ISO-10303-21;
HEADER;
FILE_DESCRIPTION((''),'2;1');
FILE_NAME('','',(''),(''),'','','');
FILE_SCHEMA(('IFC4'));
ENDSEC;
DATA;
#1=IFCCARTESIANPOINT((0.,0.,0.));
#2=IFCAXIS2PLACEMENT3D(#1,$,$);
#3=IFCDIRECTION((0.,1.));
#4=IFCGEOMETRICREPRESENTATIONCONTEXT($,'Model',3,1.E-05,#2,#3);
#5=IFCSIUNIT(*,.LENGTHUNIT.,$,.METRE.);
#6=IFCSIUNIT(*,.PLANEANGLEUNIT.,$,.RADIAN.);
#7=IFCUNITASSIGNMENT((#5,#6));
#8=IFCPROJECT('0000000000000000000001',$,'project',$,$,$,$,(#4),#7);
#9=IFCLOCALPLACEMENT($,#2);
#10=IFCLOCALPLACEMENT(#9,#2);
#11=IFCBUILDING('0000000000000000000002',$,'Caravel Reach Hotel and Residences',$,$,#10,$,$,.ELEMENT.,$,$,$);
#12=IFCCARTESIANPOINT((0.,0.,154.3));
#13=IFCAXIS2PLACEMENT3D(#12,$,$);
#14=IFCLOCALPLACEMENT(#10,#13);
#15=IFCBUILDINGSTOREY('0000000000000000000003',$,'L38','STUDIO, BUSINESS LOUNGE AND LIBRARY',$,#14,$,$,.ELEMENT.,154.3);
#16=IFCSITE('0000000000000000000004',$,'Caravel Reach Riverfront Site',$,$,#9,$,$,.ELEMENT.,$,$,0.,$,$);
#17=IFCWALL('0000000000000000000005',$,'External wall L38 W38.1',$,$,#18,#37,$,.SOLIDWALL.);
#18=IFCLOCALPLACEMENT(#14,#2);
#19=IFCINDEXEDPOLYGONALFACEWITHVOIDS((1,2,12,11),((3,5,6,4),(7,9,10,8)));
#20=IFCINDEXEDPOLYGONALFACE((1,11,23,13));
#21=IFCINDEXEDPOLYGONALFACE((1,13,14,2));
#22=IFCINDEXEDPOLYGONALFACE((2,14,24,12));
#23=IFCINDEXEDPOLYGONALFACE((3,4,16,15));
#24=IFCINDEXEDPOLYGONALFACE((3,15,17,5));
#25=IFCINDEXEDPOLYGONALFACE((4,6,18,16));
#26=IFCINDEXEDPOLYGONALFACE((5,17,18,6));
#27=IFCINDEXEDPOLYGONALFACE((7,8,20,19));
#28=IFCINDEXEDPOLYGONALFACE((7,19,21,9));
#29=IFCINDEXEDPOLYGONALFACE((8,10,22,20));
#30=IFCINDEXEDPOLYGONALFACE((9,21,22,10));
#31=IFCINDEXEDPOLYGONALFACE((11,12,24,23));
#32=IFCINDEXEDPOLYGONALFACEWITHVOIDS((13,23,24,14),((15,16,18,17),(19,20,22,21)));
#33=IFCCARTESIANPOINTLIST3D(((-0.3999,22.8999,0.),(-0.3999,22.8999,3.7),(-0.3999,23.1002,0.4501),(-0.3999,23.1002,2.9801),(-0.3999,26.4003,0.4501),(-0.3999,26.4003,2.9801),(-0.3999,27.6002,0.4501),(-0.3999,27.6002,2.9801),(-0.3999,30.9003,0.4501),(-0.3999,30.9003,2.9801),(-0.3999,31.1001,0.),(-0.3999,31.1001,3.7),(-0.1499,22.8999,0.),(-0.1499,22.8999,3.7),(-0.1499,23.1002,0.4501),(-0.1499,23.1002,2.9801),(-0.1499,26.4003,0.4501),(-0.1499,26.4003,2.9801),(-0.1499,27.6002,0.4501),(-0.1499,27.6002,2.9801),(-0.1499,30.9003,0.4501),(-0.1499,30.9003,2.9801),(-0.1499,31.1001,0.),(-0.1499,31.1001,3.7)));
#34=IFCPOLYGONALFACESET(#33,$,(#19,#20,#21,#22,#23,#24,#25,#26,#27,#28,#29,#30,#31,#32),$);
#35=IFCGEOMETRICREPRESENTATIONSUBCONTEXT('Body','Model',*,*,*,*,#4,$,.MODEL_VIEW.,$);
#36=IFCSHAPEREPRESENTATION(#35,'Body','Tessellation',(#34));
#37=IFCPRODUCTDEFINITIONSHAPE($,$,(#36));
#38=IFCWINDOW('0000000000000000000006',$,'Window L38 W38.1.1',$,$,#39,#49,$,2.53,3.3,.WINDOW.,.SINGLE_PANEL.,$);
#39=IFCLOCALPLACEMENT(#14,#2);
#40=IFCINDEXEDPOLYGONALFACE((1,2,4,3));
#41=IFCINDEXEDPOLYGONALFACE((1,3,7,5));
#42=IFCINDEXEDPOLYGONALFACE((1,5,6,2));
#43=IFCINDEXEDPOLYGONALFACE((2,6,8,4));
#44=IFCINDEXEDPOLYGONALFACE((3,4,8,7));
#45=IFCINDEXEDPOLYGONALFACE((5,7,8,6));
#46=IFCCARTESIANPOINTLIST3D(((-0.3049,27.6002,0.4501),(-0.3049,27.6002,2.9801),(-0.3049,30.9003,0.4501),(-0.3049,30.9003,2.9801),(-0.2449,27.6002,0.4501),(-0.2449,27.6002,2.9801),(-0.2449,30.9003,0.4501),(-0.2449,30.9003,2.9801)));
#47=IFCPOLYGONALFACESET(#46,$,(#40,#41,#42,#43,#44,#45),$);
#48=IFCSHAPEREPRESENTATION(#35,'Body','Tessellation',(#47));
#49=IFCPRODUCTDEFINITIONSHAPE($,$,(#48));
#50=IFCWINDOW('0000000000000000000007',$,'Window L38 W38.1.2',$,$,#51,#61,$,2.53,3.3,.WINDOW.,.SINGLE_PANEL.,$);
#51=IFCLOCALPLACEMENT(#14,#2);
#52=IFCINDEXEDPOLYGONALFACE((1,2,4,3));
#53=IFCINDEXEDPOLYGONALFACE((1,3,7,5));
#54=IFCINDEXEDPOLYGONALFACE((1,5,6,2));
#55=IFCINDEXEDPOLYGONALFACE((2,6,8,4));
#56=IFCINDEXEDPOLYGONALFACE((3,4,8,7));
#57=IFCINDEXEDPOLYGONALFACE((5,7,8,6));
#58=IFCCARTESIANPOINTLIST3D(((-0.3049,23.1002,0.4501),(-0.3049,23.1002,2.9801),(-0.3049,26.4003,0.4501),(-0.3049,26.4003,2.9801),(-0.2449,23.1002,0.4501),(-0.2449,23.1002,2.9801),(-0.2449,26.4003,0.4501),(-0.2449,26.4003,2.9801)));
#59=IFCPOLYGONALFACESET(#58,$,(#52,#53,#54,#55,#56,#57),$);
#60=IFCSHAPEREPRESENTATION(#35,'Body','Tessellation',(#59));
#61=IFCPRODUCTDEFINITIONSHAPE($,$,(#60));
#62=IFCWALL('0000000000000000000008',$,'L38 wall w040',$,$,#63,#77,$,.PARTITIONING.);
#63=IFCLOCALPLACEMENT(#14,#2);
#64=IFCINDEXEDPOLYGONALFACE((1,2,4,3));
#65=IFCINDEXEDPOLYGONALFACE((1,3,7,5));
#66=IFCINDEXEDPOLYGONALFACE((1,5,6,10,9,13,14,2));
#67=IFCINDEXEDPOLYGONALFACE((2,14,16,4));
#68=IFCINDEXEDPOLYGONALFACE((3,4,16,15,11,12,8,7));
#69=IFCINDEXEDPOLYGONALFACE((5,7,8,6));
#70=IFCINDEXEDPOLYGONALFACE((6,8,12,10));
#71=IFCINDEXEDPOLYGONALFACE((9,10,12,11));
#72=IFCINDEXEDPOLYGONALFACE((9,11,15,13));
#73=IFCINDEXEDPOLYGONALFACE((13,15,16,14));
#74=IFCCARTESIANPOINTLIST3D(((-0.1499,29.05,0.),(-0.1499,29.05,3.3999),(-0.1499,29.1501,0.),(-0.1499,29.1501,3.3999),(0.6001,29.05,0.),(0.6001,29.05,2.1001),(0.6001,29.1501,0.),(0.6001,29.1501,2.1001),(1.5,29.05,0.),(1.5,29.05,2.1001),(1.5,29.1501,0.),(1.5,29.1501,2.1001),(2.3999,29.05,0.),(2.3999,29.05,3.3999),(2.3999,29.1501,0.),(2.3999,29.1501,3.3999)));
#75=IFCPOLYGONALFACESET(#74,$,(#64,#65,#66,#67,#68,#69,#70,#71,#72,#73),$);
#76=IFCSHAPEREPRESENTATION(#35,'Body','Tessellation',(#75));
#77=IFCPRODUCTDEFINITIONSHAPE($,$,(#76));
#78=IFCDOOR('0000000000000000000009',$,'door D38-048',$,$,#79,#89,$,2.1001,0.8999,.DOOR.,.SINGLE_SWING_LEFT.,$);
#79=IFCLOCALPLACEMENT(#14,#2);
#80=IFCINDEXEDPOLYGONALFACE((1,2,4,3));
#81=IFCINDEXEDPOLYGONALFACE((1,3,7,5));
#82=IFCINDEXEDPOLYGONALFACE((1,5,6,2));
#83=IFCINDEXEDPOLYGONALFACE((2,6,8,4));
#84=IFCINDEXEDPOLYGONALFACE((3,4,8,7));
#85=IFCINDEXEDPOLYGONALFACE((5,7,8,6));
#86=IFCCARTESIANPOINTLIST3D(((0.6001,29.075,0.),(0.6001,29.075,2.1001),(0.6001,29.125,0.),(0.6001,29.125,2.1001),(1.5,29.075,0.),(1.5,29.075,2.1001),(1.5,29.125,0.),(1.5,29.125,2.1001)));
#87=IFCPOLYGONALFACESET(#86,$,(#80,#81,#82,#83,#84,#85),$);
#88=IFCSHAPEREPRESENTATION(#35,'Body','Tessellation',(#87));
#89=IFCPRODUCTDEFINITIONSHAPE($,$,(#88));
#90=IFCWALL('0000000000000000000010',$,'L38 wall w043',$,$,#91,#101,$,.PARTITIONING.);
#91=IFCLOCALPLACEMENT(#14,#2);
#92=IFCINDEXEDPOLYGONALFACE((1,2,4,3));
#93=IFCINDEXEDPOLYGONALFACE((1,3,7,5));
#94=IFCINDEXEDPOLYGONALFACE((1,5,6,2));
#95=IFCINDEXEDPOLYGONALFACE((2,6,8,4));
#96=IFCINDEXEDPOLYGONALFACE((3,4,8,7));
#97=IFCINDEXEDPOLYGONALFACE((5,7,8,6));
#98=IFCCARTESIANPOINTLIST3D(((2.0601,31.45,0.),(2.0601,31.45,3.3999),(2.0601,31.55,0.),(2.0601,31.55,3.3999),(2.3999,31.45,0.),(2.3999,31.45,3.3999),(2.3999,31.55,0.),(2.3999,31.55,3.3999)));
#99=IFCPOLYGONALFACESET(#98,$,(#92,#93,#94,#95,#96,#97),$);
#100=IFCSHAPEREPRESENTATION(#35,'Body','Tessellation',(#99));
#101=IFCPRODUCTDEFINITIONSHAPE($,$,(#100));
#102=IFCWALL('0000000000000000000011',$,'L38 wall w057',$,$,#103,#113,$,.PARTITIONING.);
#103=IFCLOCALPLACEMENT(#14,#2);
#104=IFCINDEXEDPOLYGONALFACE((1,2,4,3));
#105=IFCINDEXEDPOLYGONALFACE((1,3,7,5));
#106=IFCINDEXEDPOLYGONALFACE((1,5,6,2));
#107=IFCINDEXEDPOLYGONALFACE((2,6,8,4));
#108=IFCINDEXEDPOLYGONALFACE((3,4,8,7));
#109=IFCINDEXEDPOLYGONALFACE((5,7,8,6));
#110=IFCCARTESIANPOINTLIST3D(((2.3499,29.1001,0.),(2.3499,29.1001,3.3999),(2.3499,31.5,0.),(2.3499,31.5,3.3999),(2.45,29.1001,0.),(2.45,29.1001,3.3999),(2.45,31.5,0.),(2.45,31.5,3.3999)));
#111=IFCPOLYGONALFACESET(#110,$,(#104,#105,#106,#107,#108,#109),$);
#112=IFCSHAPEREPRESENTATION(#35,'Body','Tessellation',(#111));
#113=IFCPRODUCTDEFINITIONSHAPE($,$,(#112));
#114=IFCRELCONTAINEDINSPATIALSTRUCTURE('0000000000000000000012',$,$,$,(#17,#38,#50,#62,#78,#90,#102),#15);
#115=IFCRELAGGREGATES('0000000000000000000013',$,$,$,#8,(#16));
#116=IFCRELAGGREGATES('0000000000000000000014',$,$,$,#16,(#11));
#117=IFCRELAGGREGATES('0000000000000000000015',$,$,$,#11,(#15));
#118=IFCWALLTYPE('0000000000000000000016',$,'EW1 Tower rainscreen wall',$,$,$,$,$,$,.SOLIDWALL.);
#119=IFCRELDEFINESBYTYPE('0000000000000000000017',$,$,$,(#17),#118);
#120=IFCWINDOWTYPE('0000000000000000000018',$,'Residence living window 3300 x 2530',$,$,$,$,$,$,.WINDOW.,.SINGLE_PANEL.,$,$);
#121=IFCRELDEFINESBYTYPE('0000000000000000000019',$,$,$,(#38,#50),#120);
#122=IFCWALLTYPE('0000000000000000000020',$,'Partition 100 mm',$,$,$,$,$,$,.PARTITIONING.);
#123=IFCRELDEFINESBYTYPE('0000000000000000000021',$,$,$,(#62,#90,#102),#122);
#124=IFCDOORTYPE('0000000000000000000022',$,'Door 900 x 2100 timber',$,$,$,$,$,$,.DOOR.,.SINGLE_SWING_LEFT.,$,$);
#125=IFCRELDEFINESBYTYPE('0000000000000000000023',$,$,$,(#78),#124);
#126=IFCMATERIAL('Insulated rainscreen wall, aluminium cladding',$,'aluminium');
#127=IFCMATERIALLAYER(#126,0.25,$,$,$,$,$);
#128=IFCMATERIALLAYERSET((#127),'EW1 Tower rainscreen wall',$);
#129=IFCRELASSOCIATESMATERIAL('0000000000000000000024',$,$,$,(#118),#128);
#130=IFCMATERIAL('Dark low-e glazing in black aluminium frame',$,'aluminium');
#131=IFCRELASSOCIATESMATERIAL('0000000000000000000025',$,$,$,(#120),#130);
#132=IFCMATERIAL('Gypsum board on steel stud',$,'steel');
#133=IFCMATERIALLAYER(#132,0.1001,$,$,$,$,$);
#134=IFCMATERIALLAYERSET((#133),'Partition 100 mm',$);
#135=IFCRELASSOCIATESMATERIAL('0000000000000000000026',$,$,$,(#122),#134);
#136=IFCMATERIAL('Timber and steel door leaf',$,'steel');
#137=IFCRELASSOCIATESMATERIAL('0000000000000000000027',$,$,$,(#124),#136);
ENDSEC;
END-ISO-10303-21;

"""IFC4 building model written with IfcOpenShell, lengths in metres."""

from ifc_helpers import new_model, si_unit, direction, frame, frame_2d, origin, place, context, subcontext, project, spatial, rectangle, extrude, material, layer, layer_set, type_object, element, fill, save


model = new_model("IFC4")

# Units and contexts
model_context = context("Model", 3, precision=1e-05, world=origin(), true_north=direction((0.0, 1.0)))
body_context = subcontext(model_context, "Body", "Model", "MODEL_VIEW")
ifc_project = project(units=[si_unit("LENGTHUNIT", "METRE"), si_unit("PLANEANGLEUNIT", "RADIAN")], contexts=[model_context])

# Site, building, storey
site_placement = place(None, origin())
site = spatial("IfcSite", under=ifc_project, at=site_placement, Name="Caravel Reach Riverfront Site", CompositionType="ELEMENT", RefElevation=0.0)
building_placement = place(site_placement, origin())
building = spatial("IfcBuilding", under=site, at=building_placement, Name="Caravel Reach Hotel and Residences", CompositionType="ELEMENT")
storey_placement = place(building_placement, frame((0.0, 0.0, 154.3)))
storey = spatial("IfcBuildingStorey", under=building, at=storey_placement, Name="L38", Description="STUDIO, BUSINESS LOUNGE AND LIBRARY", CompositionType="ELEMENT", Elevation=154.3)

# Shared definitions
ifc_material_1 = material(Name="Insulated rainscreen wall, aluminium cladding", Category="aluminium")
ifc_layer_1 = layer(ifc_material_1, 0.25)
ifc_layer_set_1 = layer_set([ifc_layer_1], Name="EW1 Tower rainscreen wall")
wall_type_1 = type_object("IfcWallType", Name="EW1 Tower rainscreen wall", PredefinedType="SOLIDWALL", material=ifc_layer_set_1)

# Wall, openings, windows
wall_1_placement = place(storey_placement, frame((-0.2749, 31.1001, 0.0), z_axis=(0.0, 0.0, 1.0), x_axis=(0.0, -1.0, 0.0)))
wall_1 = element("IfcWall", 1, at=wall_1_placement, inside=storey, type_object=wall_type_1, Name="External wall L38 W38.1", PredefinedType="SOLIDWALL", context=body_context, shape_type="SweptSolid", body=[
    extrude(rectangle(XDim=8.2002, YDim=0.25, at=frame_2d((4.1001, 0.0))), origin(), (0.0, 0.0, 1.0), 3.7),
])
opening_1_placement = place(wall_1_placement, frame((0.2, 0.0, 0.45)))
opening_1 = element("IfcOpeningElement", 2, at=opening_1_placement, cuts=wall_1, PredefinedType="OPENING", context=body_context, shape_type="SweptSolid", body=[
    extrude(rectangle(XDim=3.3, YDim=2.53, at=frame_2d((1.6499, 1.2651))), frame((0.0, 0.135, 0.0), z_axis=(0.0, -1.0, 0.0), x_axis=(1.0, 0.0, 0.0)), (0.0, 0.0, 1.0), 0.27),
])
opening_2_placement = place(wall_1_placement, frame((4.7, 0.0, 0.45)))
opening_2 = element("IfcOpeningElement", 3, at=opening_2_placement, cuts=wall_1, PredefinedType="OPENING", context=body_context, shape_type="SweptSolid", body=[
    extrude(rectangle(XDim=3.3, YDim=2.53, at=frame_2d((1.6499, 1.2651))), frame((0.0, 0.135, 0.0), z_axis=(0.0, -1.0, 0.0), x_axis=(1.0, 0.0, 0.0)), (0.0, 0.0, 1.0), 0.27),
])
ifc_material_2 = material(Name="Dark low-e glazing in black aluminium frame", Category="aluminium")
window_type_1 = type_object("IfcWindowType", Name="Residence living window 3300 x 2530", PartitioningType="SINGLE_PANEL", PredefinedType="WINDOW", material=ifc_material_2)
window_1_placement = place(opening_1_placement, origin())
window_1 = element("IfcWindow", 4, at=window_1_placement, inside=storey, type_object=window_type_1, Name="Window L38 W38.1.1", OverallHeight=2.53, OverallWidth=3.3, PartitioningType="SINGLE_PANEL", PredefinedType="WINDOW", context=body_context, shape_type="SweptSolid", body=[
    extrude(rectangle(XDim=3.3, YDim=2.53, at=frame_2d((1.6499, 1.2651))), frame((0.0, 0.03, 0.0), z_axis=(0.0, -1.0, 0.0), x_axis=(1.0, 0.0, 0.0)), (0.0, 0.0, 1.0), 0.0601),
])
fill(opening_1, window_1)
window_2_placement = place(opening_2_placement, origin())
window_2 = element("IfcWindow", 5, at=window_2_placement, inside=storey, type_object=window_type_1, Name="Window L38 W38.1.2", OverallHeight=2.53, OverallWidth=3.3, PartitioningType="SINGLE_PANEL", PredefinedType="WINDOW", context=body_context, shape_type="SweptSolid", body=[
    extrude(rectangle(XDim=3.3, YDim=2.53, at=frame_2d((1.6499, 1.2651))), frame((0.0, 0.03, 0.0), z_axis=(0.0, -1.0, 0.0), x_axis=(1.0, 0.0, 0.0)), (0.0, 0.0, 1.0), 0.0601),
])
fill(opening_2, window_2)

# Wall, opening, door
ifc_material_3 = material(Name="Gypsum board on steel stud", Category="steel")
ifc_layer_2 = layer(ifc_material_3, 0.1001)
ifc_layer_set_2 = layer_set([ifc_layer_2], Name="Partition 100 mm")
wall_type_2 = type_object("IfcWallType", Name="Partition 100 mm", PredefinedType="PARTITIONING", material=ifc_layer_set_2)
wall_2_placement = place(storey_placement, frame((-0.1499, 29.1001, 0.0), z_axis=(0.0, 0.0, 1.0), x_axis=(1.0, 0.0, 0.0)))
wall_2 = element("IfcWall", 6, at=wall_2_placement, inside=storey, type_object=wall_type_2, Name="L38 wall w040", PredefinedType="PARTITIONING", context=body_context, shape_type="SweptSolid", body=[
    extrude(rectangle(XDim=2.5498, YDim=0.1001, at=frame_2d((1.2749, 0.0))), origin(), (0.0, 0.0, 1.0), 3.3999),
])
opening_3_placement = place(wall_2_placement, frame((0.75, 0.0, 0.0)))
opening_3 = element("IfcOpeningElement", 7, at=opening_3_placement, cuts=wall_2, PredefinedType="OPENING", context=body_context, shape_type="SweptSolid", body=[
    extrude(rectangle(XDim=0.8999, YDim=2.1001, at=frame_2d((0.45, 1.05))), frame((0.0, 0.0601, 0.0), z_axis=(0.0, -1.0, 0.0), x_axis=(1.0, 0.0, 0.0)), (0.0, 0.0, 1.0), 0.1201),
])
ifc_material_4 = material(Name="Timber and steel door leaf", Category="steel")
door_type_1 = type_object("IfcDoorType", Name="Door 900 x 2100 timber", OperationType="SINGLE_SWING_LEFT", PredefinedType="DOOR", material=ifc_material_4)
door_1_placement = place(opening_3_placement, origin())
door_1 = element("IfcDoor", 8, at=door_1_placement, inside=storey, type_object=door_type_1, Name="door D38-048", OperationType="SINGLE_SWING_LEFT", OverallHeight=2.1001, OverallWidth=0.8999, PredefinedType="DOOR", context=body_context, shape_type="SweptSolid", body=[
    extrude(rectangle(XDim=0.8999, YDim=2.1001, at=frame_2d((0.45, 1.05))), frame((0.0, 0.0249, 0.0), z_axis=(0.0, -1.0, 0.0), x_axis=(1.0, 0.0, 0.0)), (0.0, 0.0, 1.0), 0.05),
])
fill(opening_3, door_1)

# Walls
wall_3_placement = place(storey_placement, frame((2.0601, 31.5, 0.0), z_axis=(0.0, 0.0, 1.0), x_axis=(1.0, 0.0, 0.0)))
element("IfcWall", 9, at=wall_3_placement, inside=storey, type_object=wall_type_2, Name="L38 wall w043", PredefinedType="PARTITIONING", context=body_context, shape_type="SweptSolid", body=[
    extrude(rectangle(XDim=0.3398, YDim=0.1001, at=frame_2d((0.1699, 0.0))), origin(), (0.0, 0.0, 1.0), 3.3999),
])
wall_4_placement = place(storey_placement, frame((2.3999, 29.1001, 0.0), z_axis=(0.0, 0.0, 1.0), x_axis=(0.0, 1.0, 0.0)))
element("IfcWall", 10, at=wall_4_placement, inside=storey, type_object=wall_type_2, Name="L38 wall w057", PredefinedType="PARTITIONING", context=body_context, shape_type="SweptSolid", body=[
    extrude(rectangle(XDim=2.3999, YDim=0.1001, at=frame_2d((1.2, 0.0))), origin(), (0.0, 0.0, 1.0), 3.3999),
])

save(model, "model.ifc")
